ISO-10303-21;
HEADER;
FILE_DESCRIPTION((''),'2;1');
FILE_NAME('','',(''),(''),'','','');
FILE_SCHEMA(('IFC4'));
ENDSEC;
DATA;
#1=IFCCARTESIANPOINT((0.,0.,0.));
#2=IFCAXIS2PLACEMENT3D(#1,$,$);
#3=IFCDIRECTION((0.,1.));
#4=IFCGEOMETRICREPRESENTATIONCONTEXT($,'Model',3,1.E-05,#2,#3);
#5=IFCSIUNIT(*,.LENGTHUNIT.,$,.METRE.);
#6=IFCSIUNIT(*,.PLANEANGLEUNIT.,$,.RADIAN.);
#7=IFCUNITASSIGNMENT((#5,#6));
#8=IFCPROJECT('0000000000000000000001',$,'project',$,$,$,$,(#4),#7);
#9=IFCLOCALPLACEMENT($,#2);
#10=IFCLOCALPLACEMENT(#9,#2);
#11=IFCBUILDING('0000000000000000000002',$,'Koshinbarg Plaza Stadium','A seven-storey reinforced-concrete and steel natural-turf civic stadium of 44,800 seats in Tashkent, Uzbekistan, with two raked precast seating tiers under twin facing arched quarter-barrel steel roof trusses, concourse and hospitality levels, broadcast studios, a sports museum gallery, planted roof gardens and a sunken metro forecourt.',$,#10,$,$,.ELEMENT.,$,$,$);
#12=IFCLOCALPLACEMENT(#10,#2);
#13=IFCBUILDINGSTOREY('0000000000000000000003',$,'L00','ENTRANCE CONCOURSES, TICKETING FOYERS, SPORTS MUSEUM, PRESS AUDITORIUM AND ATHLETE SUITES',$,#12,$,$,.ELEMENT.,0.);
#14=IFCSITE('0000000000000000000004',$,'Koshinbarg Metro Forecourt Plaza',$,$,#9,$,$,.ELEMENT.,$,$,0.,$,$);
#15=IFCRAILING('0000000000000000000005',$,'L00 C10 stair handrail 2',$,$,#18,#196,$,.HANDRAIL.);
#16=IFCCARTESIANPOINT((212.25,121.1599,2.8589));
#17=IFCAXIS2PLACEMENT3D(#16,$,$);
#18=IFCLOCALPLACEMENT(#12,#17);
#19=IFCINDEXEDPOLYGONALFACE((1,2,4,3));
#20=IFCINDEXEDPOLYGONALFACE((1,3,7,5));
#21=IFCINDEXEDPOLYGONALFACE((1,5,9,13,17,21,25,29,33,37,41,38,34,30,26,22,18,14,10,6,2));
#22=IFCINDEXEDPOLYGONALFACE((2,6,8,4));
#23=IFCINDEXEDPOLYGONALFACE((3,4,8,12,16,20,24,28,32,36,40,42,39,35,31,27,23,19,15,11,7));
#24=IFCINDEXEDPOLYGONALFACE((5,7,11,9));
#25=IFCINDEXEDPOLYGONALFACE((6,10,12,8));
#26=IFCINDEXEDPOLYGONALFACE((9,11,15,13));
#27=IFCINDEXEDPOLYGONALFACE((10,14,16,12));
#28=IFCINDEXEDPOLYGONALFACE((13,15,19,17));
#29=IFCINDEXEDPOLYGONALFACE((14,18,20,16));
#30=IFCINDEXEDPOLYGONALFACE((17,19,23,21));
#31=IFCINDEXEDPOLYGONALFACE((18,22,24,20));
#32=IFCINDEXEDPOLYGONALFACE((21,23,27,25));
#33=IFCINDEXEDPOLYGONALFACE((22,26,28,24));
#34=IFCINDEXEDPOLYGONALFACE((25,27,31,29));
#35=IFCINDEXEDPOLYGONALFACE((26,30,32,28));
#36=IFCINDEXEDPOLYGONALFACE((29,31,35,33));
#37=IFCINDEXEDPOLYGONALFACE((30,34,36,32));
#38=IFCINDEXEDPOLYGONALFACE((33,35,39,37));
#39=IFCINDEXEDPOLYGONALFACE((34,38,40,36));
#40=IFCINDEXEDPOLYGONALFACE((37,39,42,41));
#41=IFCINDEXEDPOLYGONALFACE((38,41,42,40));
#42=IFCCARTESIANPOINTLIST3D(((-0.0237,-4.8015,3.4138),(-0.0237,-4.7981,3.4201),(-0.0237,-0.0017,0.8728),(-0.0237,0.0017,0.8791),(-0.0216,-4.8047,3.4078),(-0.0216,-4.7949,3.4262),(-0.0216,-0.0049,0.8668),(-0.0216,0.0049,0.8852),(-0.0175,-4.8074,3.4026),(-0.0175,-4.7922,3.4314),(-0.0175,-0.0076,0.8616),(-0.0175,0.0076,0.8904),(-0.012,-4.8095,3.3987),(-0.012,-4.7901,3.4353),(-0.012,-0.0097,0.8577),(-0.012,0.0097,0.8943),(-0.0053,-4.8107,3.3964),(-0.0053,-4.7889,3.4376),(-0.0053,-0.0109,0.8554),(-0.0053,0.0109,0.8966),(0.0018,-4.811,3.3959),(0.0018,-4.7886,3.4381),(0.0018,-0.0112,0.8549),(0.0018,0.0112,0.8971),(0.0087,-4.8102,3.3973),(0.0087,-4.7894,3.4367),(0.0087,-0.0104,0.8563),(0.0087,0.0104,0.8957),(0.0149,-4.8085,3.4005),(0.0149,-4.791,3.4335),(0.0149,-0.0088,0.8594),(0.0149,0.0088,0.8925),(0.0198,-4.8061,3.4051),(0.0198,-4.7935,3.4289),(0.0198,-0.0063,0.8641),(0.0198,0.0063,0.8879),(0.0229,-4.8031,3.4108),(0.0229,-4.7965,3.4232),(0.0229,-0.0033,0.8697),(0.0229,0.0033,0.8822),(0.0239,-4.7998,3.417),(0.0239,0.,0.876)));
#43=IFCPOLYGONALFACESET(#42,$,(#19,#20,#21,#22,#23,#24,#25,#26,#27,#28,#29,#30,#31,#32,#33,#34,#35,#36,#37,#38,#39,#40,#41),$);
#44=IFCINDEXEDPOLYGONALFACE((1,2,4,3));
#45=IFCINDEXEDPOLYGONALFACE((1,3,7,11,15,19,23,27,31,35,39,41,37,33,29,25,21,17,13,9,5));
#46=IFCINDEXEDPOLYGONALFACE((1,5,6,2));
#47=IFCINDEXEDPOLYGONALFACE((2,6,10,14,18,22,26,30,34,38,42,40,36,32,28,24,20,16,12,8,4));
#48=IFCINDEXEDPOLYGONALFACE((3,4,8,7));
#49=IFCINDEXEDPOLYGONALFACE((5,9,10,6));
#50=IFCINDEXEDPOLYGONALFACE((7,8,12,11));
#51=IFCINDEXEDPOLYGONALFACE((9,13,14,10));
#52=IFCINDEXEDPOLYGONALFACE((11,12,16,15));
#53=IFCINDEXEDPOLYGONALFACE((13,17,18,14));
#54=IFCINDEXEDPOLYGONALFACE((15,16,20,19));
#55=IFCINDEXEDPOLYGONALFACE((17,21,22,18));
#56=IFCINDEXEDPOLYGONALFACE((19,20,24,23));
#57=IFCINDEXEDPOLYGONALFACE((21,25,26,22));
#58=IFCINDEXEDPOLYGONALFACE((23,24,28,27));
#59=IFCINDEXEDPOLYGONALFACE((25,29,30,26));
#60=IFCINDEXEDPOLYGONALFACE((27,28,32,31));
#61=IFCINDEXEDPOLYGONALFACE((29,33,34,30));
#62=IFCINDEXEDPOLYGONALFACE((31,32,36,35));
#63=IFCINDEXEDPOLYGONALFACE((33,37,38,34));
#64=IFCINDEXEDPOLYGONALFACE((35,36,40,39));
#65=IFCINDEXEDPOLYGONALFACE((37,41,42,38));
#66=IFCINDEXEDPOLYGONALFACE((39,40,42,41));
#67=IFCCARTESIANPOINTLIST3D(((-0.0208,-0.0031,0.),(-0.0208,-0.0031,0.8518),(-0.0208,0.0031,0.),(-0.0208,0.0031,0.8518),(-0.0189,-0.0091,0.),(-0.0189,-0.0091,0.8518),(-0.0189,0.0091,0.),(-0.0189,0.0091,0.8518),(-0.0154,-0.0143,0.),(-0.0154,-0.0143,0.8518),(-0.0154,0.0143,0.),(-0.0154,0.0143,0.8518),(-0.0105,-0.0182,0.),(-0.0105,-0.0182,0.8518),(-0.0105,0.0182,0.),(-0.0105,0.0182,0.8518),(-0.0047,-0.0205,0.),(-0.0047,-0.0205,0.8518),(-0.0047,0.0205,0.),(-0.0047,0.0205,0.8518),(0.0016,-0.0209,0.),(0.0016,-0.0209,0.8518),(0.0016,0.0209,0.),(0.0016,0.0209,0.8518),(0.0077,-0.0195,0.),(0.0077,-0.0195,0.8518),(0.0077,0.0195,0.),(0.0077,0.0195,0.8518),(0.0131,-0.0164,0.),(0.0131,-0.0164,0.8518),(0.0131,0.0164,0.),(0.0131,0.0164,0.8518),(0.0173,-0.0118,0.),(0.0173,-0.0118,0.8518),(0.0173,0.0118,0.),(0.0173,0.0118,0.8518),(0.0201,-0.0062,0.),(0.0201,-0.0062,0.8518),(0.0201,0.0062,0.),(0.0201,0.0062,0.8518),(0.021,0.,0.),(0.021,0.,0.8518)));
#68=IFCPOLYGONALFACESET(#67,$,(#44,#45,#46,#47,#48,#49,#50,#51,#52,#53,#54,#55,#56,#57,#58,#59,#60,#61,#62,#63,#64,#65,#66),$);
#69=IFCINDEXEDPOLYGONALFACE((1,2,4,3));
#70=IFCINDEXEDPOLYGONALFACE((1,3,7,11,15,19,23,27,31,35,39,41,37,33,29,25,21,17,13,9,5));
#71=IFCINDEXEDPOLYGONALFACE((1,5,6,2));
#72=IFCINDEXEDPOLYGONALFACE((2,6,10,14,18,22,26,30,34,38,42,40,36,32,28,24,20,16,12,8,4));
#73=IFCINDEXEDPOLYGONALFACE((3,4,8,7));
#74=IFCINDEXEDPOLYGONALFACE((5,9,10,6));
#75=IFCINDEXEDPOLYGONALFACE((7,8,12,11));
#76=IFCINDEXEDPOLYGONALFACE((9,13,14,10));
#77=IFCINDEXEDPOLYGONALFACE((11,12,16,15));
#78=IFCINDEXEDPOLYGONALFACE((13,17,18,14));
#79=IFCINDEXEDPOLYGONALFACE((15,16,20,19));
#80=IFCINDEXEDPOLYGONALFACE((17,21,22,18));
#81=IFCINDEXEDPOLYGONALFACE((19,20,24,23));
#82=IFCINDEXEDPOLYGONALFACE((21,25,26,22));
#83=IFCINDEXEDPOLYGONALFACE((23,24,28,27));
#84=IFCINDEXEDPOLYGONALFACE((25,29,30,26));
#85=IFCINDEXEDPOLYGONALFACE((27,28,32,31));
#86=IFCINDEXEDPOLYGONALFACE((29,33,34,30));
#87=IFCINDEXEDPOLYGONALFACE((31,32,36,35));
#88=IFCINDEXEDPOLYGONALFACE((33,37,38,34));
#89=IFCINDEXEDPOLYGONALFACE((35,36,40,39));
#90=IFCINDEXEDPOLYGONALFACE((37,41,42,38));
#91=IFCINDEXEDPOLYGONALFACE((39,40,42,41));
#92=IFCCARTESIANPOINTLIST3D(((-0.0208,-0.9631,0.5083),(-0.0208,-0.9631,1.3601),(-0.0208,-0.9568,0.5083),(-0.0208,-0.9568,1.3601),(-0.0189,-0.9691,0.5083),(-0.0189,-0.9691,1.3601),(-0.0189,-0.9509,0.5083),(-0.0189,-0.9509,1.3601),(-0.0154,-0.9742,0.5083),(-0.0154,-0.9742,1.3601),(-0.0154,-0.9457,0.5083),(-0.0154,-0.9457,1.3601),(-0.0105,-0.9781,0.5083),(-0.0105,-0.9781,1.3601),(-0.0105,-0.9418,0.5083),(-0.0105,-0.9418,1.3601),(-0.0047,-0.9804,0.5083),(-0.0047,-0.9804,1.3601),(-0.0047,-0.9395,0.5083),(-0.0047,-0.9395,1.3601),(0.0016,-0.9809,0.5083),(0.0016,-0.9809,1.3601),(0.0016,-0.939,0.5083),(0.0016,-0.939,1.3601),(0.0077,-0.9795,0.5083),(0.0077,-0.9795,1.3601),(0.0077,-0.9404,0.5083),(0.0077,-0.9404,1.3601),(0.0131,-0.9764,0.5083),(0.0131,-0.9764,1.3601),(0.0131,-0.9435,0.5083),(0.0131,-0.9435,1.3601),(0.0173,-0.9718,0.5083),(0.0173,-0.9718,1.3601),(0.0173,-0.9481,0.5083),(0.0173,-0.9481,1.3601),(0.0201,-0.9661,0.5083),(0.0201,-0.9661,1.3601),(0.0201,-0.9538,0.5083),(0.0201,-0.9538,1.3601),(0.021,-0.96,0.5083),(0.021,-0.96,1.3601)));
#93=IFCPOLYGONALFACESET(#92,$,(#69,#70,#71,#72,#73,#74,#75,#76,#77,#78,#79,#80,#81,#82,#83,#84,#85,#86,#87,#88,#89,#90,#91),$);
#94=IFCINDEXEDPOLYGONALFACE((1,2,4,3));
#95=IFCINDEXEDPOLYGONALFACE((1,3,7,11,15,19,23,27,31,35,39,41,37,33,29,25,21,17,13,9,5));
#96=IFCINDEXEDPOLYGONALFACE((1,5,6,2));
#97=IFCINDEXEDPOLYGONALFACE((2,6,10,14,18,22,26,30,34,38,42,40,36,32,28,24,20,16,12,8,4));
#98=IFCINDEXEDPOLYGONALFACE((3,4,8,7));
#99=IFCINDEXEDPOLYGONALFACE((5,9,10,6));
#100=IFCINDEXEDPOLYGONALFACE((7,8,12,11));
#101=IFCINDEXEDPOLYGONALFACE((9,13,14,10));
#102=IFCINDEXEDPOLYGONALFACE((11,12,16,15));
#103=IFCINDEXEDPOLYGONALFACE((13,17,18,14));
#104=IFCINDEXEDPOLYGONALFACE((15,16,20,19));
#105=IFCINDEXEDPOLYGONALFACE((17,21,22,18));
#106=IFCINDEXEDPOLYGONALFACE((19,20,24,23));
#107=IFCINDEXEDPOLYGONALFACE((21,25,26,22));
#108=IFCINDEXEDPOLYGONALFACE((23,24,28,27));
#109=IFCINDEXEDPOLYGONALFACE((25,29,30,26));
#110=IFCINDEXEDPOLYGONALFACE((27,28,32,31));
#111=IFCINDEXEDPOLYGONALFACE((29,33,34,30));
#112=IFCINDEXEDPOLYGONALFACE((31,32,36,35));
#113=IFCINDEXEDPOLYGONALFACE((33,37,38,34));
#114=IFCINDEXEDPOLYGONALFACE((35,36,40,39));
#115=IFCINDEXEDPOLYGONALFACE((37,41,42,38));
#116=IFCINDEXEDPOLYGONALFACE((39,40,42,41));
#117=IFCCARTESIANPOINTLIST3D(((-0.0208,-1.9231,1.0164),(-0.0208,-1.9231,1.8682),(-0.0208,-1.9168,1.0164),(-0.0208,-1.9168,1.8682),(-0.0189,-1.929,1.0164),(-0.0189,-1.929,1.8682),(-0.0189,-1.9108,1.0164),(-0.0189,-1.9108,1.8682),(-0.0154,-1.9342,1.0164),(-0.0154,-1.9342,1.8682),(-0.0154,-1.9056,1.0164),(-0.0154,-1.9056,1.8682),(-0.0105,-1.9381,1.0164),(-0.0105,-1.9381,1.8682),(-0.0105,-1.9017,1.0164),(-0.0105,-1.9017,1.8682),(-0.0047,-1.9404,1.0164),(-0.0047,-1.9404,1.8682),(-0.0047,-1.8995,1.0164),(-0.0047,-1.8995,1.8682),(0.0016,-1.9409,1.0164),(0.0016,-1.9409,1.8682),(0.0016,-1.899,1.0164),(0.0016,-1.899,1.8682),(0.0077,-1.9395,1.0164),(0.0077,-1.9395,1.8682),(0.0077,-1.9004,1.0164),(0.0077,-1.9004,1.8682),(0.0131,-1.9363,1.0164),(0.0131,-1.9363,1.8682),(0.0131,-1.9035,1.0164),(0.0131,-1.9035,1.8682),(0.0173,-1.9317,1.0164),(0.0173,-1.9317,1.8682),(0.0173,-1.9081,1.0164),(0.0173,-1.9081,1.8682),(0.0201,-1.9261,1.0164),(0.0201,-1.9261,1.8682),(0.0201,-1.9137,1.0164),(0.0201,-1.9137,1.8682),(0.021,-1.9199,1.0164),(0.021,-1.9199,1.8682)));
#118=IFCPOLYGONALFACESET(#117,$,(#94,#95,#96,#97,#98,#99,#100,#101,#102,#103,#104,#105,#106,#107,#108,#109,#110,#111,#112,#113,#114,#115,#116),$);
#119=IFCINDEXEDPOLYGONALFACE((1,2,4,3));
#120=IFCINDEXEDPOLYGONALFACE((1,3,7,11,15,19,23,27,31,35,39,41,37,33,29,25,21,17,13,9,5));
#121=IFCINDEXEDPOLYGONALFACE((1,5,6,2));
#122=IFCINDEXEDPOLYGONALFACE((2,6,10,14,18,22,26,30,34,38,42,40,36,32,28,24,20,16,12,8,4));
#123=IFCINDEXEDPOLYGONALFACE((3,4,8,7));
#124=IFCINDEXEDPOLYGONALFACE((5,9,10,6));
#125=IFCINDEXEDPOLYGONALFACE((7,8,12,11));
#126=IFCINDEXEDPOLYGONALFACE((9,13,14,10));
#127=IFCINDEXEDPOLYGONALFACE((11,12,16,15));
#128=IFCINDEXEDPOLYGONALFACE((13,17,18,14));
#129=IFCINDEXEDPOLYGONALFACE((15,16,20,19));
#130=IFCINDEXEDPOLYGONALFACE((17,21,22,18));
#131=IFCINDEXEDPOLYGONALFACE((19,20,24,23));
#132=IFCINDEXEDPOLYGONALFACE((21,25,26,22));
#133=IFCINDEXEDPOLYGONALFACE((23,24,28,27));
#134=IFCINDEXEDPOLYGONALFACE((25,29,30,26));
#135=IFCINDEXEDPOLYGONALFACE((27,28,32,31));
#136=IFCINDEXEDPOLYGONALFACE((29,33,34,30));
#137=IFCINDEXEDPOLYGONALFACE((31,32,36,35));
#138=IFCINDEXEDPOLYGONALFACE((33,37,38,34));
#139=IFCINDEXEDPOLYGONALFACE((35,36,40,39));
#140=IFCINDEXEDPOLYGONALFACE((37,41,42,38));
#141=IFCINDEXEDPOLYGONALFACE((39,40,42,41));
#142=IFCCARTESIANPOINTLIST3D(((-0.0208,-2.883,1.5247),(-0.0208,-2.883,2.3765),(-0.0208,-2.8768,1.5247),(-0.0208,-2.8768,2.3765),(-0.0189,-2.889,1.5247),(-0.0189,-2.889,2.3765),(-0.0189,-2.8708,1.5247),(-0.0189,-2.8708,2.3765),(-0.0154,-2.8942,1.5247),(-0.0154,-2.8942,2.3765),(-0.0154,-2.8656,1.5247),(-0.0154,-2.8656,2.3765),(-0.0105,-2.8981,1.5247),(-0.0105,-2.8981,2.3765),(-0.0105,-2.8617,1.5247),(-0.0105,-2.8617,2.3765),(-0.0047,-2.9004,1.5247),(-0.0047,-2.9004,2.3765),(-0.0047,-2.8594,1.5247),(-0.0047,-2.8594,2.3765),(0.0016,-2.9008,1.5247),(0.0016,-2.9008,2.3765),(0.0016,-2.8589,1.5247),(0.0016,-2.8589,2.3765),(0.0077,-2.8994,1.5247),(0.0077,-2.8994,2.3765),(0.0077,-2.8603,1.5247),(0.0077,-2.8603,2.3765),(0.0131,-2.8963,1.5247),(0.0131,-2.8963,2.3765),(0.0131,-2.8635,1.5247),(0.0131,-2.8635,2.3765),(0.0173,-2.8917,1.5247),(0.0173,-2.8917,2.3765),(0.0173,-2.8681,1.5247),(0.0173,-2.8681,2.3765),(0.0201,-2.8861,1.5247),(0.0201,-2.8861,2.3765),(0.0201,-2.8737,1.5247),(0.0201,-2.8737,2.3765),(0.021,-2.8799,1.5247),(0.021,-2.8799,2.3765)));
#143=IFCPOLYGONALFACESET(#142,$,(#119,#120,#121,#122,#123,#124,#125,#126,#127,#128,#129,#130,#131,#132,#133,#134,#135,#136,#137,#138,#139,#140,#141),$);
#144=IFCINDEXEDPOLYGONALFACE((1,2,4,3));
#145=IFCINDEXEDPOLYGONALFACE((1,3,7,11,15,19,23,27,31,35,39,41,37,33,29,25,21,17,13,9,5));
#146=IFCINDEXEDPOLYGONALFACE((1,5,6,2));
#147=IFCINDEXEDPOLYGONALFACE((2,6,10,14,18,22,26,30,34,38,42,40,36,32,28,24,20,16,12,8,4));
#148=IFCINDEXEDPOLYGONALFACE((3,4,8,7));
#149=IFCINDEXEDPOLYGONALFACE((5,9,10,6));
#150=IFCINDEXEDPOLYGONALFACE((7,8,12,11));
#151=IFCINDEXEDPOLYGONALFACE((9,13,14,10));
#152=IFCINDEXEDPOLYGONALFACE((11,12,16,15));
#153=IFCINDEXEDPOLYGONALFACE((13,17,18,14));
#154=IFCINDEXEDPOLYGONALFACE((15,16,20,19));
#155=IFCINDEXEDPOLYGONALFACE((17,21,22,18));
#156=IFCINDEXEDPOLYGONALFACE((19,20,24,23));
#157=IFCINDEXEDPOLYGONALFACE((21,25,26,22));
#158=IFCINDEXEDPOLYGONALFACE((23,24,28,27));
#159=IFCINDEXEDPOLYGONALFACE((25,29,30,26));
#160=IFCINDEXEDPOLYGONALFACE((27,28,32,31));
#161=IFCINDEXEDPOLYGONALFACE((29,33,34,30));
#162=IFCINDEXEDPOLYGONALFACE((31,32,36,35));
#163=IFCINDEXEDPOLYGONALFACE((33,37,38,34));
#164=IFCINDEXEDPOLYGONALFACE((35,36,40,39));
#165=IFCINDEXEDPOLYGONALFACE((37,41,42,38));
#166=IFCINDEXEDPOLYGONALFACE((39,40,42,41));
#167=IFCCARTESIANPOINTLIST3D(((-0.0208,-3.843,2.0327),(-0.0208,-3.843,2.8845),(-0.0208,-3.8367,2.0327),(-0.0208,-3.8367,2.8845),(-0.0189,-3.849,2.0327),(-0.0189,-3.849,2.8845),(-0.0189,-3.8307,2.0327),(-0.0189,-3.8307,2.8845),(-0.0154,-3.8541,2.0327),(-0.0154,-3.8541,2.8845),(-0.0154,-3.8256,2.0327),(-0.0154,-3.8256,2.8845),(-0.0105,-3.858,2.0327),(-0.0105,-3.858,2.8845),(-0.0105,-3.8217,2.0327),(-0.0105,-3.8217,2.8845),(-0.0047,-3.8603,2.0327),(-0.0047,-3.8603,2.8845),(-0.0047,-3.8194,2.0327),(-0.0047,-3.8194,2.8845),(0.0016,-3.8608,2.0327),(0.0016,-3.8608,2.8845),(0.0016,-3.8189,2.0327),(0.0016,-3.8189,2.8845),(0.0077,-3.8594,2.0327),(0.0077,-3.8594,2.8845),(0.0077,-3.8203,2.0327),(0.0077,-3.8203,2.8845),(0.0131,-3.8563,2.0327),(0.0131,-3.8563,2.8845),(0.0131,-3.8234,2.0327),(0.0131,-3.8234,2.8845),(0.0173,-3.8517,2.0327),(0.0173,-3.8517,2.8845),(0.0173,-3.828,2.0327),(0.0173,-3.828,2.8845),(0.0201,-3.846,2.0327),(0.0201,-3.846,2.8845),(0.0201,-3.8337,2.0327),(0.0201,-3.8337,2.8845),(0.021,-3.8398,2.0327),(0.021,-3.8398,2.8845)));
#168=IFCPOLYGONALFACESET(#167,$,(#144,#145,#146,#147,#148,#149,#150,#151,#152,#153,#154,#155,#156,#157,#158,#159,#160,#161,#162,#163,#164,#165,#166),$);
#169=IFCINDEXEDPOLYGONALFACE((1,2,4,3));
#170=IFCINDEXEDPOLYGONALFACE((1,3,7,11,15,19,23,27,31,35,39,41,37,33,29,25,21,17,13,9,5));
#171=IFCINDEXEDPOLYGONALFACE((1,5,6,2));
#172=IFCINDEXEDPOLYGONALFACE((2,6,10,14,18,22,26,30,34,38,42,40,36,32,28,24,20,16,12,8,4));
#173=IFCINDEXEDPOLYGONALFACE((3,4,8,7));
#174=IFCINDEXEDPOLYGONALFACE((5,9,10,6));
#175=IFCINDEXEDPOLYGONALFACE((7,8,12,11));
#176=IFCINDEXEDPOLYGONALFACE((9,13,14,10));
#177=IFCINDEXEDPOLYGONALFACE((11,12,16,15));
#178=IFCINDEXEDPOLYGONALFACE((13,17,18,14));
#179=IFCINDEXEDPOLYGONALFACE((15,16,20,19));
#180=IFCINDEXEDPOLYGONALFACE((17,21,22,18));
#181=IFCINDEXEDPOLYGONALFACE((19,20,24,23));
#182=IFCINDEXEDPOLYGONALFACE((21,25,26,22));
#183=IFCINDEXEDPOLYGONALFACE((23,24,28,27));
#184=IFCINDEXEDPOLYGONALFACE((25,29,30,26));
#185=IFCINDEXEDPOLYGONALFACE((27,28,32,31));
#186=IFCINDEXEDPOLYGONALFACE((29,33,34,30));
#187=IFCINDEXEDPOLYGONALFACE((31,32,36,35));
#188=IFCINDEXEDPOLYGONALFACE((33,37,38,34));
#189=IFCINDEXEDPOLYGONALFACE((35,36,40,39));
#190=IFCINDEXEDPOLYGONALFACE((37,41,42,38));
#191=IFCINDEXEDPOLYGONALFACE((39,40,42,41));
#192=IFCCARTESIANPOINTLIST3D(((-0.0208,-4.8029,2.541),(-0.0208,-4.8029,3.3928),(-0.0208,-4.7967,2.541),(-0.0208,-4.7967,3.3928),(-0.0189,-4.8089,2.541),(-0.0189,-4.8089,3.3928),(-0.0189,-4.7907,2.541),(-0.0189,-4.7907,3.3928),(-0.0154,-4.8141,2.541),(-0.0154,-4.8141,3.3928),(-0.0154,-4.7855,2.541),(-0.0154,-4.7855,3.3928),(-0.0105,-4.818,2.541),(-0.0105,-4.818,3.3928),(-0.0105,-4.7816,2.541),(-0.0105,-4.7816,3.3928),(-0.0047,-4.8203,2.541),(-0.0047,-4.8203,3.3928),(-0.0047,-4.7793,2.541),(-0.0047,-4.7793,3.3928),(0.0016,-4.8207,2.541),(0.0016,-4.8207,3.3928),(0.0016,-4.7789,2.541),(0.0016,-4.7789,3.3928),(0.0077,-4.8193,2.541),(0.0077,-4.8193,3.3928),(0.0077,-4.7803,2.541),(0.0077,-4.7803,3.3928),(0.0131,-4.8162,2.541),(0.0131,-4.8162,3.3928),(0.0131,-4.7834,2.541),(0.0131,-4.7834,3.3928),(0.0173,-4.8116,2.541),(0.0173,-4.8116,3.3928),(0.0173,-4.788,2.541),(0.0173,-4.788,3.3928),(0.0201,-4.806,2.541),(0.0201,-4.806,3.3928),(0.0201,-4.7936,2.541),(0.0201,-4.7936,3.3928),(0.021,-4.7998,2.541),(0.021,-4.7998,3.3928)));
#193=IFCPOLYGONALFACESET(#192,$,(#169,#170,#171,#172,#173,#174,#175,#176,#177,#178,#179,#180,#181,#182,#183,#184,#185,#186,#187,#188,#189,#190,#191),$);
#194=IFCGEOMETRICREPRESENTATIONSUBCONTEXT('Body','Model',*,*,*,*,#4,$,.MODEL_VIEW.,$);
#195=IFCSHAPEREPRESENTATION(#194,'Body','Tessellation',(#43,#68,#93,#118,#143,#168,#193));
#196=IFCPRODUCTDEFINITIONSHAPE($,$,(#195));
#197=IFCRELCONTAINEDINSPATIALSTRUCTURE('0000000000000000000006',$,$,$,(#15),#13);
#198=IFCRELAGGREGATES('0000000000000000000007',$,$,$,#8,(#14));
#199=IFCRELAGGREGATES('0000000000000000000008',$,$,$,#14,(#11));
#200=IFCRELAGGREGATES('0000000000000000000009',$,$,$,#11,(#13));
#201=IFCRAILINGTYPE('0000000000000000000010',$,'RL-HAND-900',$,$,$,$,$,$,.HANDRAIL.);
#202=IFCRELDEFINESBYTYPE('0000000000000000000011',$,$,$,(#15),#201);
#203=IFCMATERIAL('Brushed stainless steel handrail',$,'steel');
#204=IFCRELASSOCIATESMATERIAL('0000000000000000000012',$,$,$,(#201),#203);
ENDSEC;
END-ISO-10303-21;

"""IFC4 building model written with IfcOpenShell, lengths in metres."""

from ifc_helpers import new_model, si_unit, direction, frame, origin, origin_2d, place, context, subcontext, project, spatial, circle, extrude, material, type_object, element, save


model = new_model("IFC4")

# Units and contexts
model_context = context("Model", 3, precision=1e-05, world=origin(), true_north=direction((0.0, 1.0)))
body_context = subcontext(model_context, "Body", "Model", "MODEL_VIEW")
ifc_project = project(units=[si_unit("LENGTHUNIT", "METRE"), si_unit("PLANEANGLEUNIT", "RADIAN")], contexts=[model_context])

# Site, building, storey
site_placement = place(None, origin())
site = spatial("IfcSite", under=ifc_project, at=site_placement, Name="Koshinbarg Metro Forecourt Plaza", CompositionType="ELEMENT", RefElevation=0.0)
building_placement = place(site_placement, origin())
building = spatial("IfcBuilding", under=site, at=building_placement, Name="Koshinbarg Plaza Stadium", Description="A seven-storey reinforced-concrete and steel natural-turf civic stadium of 44,800 seats in Tashkent, Uzbekistan, with two raked precast seating tiers under twin facing arched quarter-barrel steel roof trusses, concourse and hospitality levels, broadcast studios, a sports museum gallery, planted roof gardens and a sunken metro forecourt.", CompositionType="ELEMENT")
storey_placement = place(building_placement, origin())
storey = spatial("IfcBuildingStorey", under=building, at=storey_placement, Name="L00", Description="ENTRANCE CONCOURSES, TICKETING FOYERS, SPORTS MUSEUM, PRESS AUDITORIUM AND ATHLETE SUITES", CompositionType="ELEMENT", Elevation=0.0)

# Railing
ifc_material_1 = material(Name="Brushed stainless steel handrail", Category="steel")
railing_type_1 = type_object("IfcRailingType", Name="RL-HAND-900", PredefinedType="HANDRAIL", material=ifc_material_1)
railing_1_placement = place(storey_placement, frame((212.25, 121.1599, 2.8589)))
element("IfcRailing", 1, at=railing_1_placement, inside=storey, type_object=railing_type_1, Name="L00 C10 stair handrail 2", PredefinedType="HANDRAIL", context=body_context, shape_type="SweptSolid", body=[
    extrude(circle(Radius=0.0239, at=origin_2d()), frame((0.0, 0.0, 0.876), z_axis=(0.0, -0.883792, 0.467879), x_axis=(1.0, 0.0, 0.0)), (0.0, 0.0, 1.0), 5.4309),
    extrude(circle(Radius=0.021, at=origin_2d()), origin(), (0.0, 0.0, 1.0), 0.8518),
    extrude(circle(Radius=0.021, at=origin_2d()), frame((0.0, -0.96, 0.5083)), (0.0, 0.0, 1.0), 0.8518),
    extrude(circle(Radius=0.021, at=origin_2d()), frame((0.0, -1.9199, 1.0164)), (0.0, 0.0, 1.0), 0.8518),
    extrude(circle(Radius=0.021, at=origin_2d()), frame((0.0, -2.8799, 1.5247)), (0.0, 0.0, 1.0), 0.8518),
    extrude(circle(Radius=0.021, at=origin_2d()), frame((0.0, -3.8398, 2.0327)), (0.0, 0.0, 1.0), 0.8518),
    extrude(circle(Radius=0.021, at=origin_2d()), frame((0.0, -4.7998, 2.541)), (0.0, 0.0, 1.0), 0.8518),
])

save(model, "model.ifc")
